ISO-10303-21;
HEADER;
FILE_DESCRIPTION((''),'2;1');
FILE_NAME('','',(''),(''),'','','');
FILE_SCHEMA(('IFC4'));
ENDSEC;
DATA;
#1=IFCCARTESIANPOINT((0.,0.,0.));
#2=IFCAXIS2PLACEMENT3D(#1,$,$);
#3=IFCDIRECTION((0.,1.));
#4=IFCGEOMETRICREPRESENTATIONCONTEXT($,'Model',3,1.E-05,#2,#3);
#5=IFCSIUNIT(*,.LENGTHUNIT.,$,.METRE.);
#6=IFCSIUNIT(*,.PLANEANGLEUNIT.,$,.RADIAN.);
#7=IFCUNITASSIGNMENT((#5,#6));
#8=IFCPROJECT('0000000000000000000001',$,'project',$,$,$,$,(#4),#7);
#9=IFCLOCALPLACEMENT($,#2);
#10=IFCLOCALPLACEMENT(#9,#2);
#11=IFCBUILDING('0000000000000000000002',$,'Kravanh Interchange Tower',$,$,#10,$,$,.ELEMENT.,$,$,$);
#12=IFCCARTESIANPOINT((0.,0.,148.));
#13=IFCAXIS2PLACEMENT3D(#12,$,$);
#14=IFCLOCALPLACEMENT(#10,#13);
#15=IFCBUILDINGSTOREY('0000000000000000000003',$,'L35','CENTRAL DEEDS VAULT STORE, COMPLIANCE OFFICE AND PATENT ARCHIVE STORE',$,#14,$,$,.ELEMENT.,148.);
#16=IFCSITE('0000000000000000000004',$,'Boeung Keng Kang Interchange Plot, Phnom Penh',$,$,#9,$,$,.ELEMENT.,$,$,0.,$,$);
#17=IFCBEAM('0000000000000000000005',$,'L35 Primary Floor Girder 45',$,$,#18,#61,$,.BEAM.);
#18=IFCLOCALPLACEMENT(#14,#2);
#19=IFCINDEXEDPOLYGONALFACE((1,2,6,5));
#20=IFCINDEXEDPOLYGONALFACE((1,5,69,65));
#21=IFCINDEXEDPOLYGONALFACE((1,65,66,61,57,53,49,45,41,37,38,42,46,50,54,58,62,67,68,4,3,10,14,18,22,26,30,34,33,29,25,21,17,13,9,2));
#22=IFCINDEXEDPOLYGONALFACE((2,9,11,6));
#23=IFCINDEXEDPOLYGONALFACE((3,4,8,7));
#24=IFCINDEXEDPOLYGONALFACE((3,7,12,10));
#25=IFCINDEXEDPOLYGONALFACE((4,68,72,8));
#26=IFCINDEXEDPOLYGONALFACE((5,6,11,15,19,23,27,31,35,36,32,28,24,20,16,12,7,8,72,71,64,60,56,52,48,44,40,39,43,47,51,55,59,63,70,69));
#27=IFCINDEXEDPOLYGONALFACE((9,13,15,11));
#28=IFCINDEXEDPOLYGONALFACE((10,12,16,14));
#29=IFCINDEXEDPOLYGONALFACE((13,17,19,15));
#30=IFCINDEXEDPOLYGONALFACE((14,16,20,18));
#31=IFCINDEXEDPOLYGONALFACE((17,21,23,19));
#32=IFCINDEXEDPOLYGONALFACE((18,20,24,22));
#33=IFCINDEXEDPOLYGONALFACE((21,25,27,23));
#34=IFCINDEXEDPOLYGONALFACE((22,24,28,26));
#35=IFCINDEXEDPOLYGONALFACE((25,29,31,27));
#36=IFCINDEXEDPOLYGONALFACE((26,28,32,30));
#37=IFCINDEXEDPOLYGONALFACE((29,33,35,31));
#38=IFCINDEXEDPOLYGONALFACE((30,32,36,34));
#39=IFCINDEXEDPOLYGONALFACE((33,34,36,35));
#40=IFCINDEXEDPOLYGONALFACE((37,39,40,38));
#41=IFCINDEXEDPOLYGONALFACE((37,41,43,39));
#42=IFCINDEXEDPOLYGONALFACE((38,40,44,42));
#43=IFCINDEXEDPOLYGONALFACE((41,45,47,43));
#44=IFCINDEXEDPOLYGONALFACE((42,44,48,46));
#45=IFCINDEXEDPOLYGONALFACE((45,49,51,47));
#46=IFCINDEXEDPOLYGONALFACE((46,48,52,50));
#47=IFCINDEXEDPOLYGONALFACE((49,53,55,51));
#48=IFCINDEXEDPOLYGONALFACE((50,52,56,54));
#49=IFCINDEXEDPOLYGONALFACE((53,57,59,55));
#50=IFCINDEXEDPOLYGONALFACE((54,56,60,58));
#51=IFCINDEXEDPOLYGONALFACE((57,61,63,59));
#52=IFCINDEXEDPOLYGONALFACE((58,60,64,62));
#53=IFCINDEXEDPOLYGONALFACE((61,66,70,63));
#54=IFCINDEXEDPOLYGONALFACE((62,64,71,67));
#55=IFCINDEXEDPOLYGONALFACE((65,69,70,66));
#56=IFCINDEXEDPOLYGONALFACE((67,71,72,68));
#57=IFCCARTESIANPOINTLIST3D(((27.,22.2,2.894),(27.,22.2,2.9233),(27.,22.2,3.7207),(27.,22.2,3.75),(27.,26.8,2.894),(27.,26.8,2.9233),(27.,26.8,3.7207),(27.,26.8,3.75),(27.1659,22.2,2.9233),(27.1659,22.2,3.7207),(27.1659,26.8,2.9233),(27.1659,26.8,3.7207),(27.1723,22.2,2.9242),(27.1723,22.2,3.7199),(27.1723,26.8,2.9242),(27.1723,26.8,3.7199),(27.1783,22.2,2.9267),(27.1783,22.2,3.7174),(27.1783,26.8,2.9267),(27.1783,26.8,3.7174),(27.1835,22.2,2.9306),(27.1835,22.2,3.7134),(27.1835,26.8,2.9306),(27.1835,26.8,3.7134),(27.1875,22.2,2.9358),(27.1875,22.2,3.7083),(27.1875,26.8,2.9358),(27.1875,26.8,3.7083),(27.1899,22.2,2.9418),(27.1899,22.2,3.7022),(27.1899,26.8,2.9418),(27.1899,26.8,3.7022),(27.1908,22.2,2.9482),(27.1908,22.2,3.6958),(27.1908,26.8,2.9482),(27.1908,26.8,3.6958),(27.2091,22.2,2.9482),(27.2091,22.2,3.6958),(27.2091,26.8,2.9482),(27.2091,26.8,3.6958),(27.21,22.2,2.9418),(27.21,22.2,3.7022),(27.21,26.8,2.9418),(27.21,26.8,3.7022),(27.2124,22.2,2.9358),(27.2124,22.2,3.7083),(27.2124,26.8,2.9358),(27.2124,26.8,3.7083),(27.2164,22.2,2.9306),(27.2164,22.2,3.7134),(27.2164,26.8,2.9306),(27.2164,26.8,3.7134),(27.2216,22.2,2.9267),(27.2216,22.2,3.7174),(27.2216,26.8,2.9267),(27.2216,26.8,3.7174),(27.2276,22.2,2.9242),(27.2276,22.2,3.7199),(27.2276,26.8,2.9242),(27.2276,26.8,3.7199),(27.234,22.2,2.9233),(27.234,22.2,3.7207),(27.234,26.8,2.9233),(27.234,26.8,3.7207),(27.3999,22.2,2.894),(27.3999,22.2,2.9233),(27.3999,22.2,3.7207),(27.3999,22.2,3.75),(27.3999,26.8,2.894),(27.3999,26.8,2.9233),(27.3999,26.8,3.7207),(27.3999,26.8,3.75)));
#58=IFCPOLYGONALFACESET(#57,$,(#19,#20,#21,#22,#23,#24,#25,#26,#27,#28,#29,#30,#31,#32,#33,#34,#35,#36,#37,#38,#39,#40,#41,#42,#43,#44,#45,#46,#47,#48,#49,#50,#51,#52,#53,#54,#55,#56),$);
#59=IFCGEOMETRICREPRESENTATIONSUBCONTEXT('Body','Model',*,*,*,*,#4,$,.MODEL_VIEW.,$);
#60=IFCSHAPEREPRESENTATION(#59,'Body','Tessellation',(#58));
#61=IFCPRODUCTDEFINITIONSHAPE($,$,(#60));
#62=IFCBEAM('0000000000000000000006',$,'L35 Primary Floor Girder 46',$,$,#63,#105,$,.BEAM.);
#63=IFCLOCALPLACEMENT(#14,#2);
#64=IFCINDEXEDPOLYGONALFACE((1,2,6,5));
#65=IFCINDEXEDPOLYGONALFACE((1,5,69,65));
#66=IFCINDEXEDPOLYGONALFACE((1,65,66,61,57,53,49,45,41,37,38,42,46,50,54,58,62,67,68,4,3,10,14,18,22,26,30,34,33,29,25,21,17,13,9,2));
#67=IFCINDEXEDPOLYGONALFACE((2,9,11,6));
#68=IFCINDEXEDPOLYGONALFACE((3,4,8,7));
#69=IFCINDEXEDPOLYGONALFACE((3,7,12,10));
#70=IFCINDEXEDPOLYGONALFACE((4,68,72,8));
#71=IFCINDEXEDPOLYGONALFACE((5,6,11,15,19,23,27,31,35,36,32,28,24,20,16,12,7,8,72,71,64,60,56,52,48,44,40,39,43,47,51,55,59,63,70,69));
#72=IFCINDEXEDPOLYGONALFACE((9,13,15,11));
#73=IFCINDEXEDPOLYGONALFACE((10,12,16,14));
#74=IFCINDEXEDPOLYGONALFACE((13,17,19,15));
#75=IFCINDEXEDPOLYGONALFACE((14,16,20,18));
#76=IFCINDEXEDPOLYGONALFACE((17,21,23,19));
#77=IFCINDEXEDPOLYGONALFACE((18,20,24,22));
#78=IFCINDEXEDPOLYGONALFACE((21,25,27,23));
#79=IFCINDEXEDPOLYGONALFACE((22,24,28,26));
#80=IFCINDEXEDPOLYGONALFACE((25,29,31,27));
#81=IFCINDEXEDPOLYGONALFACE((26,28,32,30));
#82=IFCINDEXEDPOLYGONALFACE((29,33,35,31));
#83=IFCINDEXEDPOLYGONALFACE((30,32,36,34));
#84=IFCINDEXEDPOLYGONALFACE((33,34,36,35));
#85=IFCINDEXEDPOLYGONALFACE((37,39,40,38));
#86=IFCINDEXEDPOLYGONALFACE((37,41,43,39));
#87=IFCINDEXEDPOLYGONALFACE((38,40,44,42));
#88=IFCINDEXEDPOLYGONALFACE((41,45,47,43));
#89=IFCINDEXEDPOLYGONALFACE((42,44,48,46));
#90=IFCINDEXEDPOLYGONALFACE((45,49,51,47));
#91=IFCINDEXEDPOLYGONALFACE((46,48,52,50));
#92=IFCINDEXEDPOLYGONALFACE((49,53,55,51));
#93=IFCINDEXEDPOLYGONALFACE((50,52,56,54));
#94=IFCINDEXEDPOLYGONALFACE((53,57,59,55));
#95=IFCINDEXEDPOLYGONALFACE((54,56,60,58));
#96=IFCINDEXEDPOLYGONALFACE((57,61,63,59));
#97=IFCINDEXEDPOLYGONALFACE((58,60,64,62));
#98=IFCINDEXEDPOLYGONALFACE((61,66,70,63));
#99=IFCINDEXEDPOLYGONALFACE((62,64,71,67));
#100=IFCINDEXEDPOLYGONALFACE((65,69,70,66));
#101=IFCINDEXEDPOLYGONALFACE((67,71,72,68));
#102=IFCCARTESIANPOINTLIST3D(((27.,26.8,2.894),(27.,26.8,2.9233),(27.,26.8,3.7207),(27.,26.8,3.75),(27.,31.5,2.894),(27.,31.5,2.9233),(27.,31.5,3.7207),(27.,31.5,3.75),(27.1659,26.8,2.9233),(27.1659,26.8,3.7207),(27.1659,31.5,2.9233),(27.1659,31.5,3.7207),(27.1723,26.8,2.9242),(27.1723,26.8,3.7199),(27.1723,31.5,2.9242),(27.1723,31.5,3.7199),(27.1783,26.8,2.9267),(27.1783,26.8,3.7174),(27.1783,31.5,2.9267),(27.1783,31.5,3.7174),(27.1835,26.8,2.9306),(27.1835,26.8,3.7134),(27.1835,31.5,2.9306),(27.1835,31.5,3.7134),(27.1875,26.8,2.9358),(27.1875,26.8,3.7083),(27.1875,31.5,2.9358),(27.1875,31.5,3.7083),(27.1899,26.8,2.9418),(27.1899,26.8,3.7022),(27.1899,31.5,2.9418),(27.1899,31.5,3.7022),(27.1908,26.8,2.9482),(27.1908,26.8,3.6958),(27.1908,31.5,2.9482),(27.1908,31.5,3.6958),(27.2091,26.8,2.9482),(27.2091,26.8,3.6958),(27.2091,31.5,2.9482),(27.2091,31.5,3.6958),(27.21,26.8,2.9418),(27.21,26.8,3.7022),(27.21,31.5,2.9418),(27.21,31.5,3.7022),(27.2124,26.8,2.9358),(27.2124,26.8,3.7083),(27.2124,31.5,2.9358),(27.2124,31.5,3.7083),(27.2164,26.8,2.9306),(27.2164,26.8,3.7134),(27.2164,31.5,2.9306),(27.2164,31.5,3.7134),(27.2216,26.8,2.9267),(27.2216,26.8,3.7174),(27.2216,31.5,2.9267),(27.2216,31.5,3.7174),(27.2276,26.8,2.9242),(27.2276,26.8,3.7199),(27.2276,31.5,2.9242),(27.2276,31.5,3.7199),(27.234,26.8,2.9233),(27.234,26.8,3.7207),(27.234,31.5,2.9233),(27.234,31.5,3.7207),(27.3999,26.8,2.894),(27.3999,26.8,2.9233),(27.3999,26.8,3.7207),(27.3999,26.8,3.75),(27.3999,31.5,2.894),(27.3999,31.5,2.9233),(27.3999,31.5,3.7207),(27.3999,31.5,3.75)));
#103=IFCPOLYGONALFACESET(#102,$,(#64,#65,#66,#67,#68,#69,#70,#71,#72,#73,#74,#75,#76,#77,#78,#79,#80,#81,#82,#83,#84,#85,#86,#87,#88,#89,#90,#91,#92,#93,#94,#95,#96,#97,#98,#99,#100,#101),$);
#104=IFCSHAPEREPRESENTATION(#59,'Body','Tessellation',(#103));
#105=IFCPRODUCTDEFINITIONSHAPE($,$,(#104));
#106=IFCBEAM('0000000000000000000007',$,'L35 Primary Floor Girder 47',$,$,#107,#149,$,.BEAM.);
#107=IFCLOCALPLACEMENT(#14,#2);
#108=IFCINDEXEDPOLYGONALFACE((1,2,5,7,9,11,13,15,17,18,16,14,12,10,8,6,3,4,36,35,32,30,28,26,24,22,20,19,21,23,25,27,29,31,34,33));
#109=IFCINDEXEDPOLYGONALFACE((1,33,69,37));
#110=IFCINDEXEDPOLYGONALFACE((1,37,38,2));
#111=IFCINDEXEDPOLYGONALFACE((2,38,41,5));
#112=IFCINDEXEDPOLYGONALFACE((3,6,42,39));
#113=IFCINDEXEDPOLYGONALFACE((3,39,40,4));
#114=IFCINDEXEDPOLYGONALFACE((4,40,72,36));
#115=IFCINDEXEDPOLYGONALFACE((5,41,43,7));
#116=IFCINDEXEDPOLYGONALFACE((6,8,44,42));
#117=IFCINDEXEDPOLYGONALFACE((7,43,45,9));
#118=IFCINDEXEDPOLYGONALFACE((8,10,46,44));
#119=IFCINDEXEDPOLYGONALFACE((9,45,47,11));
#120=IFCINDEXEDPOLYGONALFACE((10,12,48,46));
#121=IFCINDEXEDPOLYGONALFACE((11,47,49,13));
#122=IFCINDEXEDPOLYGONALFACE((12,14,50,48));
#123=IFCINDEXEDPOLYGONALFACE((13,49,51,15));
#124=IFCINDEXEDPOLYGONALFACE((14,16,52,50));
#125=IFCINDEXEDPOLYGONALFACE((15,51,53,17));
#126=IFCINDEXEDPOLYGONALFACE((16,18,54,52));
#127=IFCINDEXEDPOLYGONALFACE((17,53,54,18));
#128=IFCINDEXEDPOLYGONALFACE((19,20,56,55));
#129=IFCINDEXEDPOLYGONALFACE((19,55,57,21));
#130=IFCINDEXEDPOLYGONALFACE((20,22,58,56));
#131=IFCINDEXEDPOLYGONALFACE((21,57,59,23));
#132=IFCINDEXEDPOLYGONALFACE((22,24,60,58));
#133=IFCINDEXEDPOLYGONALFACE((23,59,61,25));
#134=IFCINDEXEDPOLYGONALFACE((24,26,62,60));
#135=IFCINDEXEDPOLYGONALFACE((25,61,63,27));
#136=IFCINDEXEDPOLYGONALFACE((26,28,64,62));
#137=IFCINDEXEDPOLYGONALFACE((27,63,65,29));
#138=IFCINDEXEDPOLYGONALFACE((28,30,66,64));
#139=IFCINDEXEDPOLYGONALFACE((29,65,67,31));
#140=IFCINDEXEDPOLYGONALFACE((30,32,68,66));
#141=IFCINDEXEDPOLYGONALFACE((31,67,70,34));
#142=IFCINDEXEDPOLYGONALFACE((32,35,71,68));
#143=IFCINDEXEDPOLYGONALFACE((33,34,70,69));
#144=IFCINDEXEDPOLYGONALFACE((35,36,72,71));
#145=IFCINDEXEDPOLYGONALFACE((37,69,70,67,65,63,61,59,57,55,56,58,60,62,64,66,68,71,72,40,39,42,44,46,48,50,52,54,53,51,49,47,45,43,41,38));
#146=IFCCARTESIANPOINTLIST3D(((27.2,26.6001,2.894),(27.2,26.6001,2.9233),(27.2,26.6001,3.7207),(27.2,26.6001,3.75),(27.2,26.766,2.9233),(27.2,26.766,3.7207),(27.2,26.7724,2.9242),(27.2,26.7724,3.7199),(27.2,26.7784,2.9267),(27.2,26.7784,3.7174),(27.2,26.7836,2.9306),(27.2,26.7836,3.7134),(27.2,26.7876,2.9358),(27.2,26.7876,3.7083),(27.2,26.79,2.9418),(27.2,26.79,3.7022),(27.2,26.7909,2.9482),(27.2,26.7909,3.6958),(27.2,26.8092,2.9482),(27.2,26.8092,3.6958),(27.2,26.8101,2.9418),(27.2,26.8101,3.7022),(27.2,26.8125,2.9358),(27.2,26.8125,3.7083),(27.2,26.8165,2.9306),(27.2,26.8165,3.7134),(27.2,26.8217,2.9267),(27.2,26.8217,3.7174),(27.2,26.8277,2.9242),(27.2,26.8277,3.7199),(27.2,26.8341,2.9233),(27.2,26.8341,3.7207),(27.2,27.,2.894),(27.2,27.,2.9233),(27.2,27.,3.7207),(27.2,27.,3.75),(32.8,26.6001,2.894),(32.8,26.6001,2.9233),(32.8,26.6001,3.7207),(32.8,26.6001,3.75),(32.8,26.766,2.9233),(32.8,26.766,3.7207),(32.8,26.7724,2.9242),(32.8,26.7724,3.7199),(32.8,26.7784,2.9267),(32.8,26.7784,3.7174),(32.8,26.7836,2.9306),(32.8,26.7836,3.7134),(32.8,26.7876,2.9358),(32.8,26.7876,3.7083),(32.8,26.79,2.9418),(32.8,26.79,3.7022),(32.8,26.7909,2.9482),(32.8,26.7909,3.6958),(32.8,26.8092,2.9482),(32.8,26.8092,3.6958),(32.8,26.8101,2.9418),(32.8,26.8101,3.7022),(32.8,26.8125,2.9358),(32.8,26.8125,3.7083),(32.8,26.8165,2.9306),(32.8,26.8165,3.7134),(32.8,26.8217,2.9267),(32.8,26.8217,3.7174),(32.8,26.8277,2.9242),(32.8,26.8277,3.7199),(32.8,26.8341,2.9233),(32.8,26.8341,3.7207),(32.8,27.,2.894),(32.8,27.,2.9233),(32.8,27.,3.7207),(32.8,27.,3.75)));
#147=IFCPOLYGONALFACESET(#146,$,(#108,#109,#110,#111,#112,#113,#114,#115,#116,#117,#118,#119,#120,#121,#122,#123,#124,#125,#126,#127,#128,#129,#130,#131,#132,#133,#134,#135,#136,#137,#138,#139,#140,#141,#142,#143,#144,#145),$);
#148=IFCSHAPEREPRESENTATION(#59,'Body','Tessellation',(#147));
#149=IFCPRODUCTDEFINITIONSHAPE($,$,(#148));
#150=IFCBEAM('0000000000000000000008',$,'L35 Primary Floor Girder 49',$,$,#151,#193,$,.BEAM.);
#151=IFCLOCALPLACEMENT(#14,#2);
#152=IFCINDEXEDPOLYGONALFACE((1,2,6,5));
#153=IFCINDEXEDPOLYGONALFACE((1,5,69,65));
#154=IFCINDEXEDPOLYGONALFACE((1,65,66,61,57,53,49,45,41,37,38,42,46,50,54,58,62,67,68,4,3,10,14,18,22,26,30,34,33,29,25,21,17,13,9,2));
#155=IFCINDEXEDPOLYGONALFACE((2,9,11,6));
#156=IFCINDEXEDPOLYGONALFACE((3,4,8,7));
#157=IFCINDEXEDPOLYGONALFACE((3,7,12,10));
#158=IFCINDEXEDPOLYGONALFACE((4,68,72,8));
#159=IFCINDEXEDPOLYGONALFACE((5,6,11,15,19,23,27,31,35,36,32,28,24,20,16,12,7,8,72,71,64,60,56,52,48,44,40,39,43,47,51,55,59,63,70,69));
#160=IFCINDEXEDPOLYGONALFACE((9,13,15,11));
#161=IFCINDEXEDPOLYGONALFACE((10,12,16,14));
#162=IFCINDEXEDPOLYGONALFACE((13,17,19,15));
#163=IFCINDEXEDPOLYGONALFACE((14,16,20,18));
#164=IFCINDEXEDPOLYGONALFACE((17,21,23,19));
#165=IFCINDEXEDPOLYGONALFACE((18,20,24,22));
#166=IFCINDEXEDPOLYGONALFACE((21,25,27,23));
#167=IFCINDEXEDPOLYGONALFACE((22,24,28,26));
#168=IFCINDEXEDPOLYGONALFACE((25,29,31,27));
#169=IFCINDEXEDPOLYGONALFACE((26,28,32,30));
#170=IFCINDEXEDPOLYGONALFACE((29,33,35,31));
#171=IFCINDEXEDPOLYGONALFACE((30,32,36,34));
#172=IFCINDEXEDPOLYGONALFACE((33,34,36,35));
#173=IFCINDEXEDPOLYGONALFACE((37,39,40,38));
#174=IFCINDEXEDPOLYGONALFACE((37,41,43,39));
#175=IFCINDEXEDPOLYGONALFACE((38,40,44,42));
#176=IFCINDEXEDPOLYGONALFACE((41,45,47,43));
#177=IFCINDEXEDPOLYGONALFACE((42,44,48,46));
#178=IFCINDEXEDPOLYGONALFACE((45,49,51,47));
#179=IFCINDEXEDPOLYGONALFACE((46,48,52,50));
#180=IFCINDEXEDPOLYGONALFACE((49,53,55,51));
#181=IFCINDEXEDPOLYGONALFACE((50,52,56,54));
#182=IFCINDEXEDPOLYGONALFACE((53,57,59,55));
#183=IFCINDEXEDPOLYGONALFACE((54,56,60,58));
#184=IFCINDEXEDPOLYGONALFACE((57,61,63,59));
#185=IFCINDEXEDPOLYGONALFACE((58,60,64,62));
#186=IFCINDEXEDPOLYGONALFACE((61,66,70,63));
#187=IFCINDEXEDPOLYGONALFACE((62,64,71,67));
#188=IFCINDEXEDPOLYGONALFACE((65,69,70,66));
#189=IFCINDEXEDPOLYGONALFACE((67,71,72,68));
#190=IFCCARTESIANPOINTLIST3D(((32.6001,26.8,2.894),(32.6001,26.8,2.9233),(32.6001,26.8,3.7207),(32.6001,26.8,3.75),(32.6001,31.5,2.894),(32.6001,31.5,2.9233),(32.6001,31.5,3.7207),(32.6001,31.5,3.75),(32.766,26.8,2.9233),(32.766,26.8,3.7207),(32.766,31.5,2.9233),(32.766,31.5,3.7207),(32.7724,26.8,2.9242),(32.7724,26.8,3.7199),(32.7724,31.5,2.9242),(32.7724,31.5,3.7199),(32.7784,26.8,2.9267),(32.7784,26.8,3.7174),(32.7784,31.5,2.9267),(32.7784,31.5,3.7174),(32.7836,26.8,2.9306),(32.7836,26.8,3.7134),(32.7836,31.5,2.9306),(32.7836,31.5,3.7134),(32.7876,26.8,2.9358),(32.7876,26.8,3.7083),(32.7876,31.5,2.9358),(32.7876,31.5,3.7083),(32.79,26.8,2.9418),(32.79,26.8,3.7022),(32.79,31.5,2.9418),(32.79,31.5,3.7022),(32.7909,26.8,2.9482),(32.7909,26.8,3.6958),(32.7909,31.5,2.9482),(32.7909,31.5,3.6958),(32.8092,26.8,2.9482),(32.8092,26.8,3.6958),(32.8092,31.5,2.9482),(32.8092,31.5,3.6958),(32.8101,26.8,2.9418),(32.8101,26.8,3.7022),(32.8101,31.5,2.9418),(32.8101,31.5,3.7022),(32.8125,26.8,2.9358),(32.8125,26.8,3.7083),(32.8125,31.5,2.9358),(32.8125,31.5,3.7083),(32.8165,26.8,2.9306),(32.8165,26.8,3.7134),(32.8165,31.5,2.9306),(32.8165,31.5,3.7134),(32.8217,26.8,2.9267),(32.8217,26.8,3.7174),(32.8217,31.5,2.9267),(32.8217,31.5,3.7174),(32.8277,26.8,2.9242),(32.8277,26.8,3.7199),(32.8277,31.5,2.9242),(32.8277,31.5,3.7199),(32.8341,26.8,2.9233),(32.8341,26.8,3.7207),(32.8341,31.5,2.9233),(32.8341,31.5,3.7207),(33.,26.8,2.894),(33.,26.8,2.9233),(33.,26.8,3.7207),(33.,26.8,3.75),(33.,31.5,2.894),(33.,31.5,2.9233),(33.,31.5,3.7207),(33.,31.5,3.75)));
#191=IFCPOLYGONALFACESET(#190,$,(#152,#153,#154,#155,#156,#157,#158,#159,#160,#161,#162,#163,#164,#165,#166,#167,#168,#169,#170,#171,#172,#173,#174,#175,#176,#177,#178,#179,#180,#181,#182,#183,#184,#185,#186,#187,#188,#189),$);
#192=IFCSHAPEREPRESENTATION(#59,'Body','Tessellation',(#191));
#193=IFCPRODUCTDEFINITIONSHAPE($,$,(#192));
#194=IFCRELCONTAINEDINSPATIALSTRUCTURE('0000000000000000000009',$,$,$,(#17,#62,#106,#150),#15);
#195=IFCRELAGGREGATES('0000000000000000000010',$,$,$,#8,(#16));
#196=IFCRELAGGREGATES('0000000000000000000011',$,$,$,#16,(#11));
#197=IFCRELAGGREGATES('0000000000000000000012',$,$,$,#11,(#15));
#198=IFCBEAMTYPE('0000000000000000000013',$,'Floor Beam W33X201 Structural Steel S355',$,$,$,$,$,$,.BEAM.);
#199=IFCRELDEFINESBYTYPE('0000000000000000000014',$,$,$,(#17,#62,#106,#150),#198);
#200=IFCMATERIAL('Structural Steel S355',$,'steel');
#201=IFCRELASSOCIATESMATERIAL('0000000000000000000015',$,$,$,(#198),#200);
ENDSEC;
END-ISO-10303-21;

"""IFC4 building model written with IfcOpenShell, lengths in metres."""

from ifc_helpers import new_model, si_unit, direction, frame, origin, origin_2d, place, context, subcontext, project, spatial, i_section, extrude, material, material_profile, profile_set, type_object, element, save


model = new_model("IFC4")

# Units and contexts
model_context = context("Model", 3, precision=1e-05, world=origin(), true_north=direction((0.0, 1.0)))
body_context = subcontext(model_context, "Body", "Model", "MODEL_VIEW")
ifc_project = project(units=[si_unit("LENGTHUNIT", "METRE"), si_unit("PLANEANGLEUNIT", "RADIAN")], contexts=[model_context])

# Site, building, storey
site_placement = place(None, origin())
site = spatial("IfcSite", under=ifc_project, at=site_placement, Name="Boeung Keng Kang Interchange Plot, Phnom Penh", CompositionType="ELEMENT", RefElevation=0.0)
building_placement = place(site_placement, origin())
building = spatial("IfcBuilding", under=site, at=building_placement, Name="Kravanh Interchange Tower", CompositionType="ELEMENT")
storey_placement = place(building_placement, frame((0.0, 0.0, 148.0)))
storey = spatial("IfcBuildingStorey", under=building, at=storey_placement, Name="L35", Description="CENTRAL DEEDS VAULT STORE, COMPLIANCE OFFICE AND PATENT ARCHIVE STORE", CompositionType="ELEMENT", Elevation=148.0)

# Beams
ifc_material_1 = material(Name="Structural Steel S355", Category="steel")
ifc_material_profile_1 = material_profile(ifc_material_1, i_section(OverallWidth=0.3999, OverallDepth=0.856, WebThickness=0.0183, FlangeThickness=0.0293, FilletRadius=0.0249, at=origin_2d()), Name="W33X201")
ifc_profile_set_1 = profile_set([ifc_material_profile_1], Name="Structural Steel S355")
beam_type_1 = type_object("IfcBeamType", Name="Floor Beam W33X201 Structural Steel S355", PredefinedType="BEAM", material=ifc_profile_set_1)
beam_1_placement = place(storey_placement, frame((27.2, 26.8, 3.322), z_axis=(0.0, -1.0, 0.0), x_axis=(1.0, 0.0, 0.0)))
element("IfcBeam", 1, at=beam_1_placement, inside=storey, type_object=beam_type_1, Name="L35 Primary Floor Girder 45", PredefinedType="BEAM", context=body_context, shape_type="SweptSolid", body=[
    extrude(i_section(OverallWidth=0.3999, OverallDepth=0.856, WebThickness=0.0183, FlangeThickness=0.0293, FilletRadius=0.0249, at=origin_2d()), origin(), (0.0, 0.0, 1.0), 4.6001),
])
beam_2_placement = place(storey_placement, frame((27.2, 26.8, 3.322), z_axis=(0.0, 1.0, 0.0), x_axis=(-1.0, 0.0, 0.0)))
element("IfcBeam", 2, at=beam_2_placement, inside=storey, type_object=beam_type_1, Name="L35 Primary Floor Girder 46", PredefinedType="BEAM", context=body_context, shape_type="SweptSolid", body=[
    extrude(i_section(OverallWidth=0.3999, OverallDepth=0.856, WebThickness=0.0183, FlangeThickness=0.0293, FilletRadius=0.0249, at=origin_2d()), origin(), (0.0, 0.0, 1.0), 4.7),
])
beam_3_placement = place(storey_placement, frame((27.2, 26.8, 3.322), z_axis=(1.0, 0.0, 0.0), x_axis=(0.0, 1.0, 0.0)))
element("IfcBeam", 3, at=beam_3_placement, inside=storey, type_object=beam_type_1, Name="L35 Primary Floor Girder 47", PredefinedType="BEAM", context=body_context, shape_type="SweptSolid", body=[
    extrude(i_section(OverallWidth=0.3999, OverallDepth=0.856, WebThickness=0.0183, FlangeThickness=0.0293, FilletRadius=0.0249, at=origin_2d()), origin(), (0.0, 0.0, 1.0), 5.6001),
])
beam_4_placement = place(storey_placement, frame((32.8, 26.8, 3.322), z_axis=(0.0, 1.0, 0.0), x_axis=(-1.0, 0.0, 0.0)))
element("IfcBeam", 4, at=beam_4_placement, inside=storey, type_object=beam_type_1, Name="L35 Primary Floor Girder 49", PredefinedType="BEAM", context=body_context, shape_type="SweptSolid", body=[
    extrude(i_section(OverallWidth=0.3999, OverallDepth=0.856, WebThickness=0.0183, FlangeThickness=0.0293, FilletRadius=0.0249, at=origin_2d()), origin(), (0.0, 0.0, 1.0), 4.7),
])

save(model, "model.ifc")
